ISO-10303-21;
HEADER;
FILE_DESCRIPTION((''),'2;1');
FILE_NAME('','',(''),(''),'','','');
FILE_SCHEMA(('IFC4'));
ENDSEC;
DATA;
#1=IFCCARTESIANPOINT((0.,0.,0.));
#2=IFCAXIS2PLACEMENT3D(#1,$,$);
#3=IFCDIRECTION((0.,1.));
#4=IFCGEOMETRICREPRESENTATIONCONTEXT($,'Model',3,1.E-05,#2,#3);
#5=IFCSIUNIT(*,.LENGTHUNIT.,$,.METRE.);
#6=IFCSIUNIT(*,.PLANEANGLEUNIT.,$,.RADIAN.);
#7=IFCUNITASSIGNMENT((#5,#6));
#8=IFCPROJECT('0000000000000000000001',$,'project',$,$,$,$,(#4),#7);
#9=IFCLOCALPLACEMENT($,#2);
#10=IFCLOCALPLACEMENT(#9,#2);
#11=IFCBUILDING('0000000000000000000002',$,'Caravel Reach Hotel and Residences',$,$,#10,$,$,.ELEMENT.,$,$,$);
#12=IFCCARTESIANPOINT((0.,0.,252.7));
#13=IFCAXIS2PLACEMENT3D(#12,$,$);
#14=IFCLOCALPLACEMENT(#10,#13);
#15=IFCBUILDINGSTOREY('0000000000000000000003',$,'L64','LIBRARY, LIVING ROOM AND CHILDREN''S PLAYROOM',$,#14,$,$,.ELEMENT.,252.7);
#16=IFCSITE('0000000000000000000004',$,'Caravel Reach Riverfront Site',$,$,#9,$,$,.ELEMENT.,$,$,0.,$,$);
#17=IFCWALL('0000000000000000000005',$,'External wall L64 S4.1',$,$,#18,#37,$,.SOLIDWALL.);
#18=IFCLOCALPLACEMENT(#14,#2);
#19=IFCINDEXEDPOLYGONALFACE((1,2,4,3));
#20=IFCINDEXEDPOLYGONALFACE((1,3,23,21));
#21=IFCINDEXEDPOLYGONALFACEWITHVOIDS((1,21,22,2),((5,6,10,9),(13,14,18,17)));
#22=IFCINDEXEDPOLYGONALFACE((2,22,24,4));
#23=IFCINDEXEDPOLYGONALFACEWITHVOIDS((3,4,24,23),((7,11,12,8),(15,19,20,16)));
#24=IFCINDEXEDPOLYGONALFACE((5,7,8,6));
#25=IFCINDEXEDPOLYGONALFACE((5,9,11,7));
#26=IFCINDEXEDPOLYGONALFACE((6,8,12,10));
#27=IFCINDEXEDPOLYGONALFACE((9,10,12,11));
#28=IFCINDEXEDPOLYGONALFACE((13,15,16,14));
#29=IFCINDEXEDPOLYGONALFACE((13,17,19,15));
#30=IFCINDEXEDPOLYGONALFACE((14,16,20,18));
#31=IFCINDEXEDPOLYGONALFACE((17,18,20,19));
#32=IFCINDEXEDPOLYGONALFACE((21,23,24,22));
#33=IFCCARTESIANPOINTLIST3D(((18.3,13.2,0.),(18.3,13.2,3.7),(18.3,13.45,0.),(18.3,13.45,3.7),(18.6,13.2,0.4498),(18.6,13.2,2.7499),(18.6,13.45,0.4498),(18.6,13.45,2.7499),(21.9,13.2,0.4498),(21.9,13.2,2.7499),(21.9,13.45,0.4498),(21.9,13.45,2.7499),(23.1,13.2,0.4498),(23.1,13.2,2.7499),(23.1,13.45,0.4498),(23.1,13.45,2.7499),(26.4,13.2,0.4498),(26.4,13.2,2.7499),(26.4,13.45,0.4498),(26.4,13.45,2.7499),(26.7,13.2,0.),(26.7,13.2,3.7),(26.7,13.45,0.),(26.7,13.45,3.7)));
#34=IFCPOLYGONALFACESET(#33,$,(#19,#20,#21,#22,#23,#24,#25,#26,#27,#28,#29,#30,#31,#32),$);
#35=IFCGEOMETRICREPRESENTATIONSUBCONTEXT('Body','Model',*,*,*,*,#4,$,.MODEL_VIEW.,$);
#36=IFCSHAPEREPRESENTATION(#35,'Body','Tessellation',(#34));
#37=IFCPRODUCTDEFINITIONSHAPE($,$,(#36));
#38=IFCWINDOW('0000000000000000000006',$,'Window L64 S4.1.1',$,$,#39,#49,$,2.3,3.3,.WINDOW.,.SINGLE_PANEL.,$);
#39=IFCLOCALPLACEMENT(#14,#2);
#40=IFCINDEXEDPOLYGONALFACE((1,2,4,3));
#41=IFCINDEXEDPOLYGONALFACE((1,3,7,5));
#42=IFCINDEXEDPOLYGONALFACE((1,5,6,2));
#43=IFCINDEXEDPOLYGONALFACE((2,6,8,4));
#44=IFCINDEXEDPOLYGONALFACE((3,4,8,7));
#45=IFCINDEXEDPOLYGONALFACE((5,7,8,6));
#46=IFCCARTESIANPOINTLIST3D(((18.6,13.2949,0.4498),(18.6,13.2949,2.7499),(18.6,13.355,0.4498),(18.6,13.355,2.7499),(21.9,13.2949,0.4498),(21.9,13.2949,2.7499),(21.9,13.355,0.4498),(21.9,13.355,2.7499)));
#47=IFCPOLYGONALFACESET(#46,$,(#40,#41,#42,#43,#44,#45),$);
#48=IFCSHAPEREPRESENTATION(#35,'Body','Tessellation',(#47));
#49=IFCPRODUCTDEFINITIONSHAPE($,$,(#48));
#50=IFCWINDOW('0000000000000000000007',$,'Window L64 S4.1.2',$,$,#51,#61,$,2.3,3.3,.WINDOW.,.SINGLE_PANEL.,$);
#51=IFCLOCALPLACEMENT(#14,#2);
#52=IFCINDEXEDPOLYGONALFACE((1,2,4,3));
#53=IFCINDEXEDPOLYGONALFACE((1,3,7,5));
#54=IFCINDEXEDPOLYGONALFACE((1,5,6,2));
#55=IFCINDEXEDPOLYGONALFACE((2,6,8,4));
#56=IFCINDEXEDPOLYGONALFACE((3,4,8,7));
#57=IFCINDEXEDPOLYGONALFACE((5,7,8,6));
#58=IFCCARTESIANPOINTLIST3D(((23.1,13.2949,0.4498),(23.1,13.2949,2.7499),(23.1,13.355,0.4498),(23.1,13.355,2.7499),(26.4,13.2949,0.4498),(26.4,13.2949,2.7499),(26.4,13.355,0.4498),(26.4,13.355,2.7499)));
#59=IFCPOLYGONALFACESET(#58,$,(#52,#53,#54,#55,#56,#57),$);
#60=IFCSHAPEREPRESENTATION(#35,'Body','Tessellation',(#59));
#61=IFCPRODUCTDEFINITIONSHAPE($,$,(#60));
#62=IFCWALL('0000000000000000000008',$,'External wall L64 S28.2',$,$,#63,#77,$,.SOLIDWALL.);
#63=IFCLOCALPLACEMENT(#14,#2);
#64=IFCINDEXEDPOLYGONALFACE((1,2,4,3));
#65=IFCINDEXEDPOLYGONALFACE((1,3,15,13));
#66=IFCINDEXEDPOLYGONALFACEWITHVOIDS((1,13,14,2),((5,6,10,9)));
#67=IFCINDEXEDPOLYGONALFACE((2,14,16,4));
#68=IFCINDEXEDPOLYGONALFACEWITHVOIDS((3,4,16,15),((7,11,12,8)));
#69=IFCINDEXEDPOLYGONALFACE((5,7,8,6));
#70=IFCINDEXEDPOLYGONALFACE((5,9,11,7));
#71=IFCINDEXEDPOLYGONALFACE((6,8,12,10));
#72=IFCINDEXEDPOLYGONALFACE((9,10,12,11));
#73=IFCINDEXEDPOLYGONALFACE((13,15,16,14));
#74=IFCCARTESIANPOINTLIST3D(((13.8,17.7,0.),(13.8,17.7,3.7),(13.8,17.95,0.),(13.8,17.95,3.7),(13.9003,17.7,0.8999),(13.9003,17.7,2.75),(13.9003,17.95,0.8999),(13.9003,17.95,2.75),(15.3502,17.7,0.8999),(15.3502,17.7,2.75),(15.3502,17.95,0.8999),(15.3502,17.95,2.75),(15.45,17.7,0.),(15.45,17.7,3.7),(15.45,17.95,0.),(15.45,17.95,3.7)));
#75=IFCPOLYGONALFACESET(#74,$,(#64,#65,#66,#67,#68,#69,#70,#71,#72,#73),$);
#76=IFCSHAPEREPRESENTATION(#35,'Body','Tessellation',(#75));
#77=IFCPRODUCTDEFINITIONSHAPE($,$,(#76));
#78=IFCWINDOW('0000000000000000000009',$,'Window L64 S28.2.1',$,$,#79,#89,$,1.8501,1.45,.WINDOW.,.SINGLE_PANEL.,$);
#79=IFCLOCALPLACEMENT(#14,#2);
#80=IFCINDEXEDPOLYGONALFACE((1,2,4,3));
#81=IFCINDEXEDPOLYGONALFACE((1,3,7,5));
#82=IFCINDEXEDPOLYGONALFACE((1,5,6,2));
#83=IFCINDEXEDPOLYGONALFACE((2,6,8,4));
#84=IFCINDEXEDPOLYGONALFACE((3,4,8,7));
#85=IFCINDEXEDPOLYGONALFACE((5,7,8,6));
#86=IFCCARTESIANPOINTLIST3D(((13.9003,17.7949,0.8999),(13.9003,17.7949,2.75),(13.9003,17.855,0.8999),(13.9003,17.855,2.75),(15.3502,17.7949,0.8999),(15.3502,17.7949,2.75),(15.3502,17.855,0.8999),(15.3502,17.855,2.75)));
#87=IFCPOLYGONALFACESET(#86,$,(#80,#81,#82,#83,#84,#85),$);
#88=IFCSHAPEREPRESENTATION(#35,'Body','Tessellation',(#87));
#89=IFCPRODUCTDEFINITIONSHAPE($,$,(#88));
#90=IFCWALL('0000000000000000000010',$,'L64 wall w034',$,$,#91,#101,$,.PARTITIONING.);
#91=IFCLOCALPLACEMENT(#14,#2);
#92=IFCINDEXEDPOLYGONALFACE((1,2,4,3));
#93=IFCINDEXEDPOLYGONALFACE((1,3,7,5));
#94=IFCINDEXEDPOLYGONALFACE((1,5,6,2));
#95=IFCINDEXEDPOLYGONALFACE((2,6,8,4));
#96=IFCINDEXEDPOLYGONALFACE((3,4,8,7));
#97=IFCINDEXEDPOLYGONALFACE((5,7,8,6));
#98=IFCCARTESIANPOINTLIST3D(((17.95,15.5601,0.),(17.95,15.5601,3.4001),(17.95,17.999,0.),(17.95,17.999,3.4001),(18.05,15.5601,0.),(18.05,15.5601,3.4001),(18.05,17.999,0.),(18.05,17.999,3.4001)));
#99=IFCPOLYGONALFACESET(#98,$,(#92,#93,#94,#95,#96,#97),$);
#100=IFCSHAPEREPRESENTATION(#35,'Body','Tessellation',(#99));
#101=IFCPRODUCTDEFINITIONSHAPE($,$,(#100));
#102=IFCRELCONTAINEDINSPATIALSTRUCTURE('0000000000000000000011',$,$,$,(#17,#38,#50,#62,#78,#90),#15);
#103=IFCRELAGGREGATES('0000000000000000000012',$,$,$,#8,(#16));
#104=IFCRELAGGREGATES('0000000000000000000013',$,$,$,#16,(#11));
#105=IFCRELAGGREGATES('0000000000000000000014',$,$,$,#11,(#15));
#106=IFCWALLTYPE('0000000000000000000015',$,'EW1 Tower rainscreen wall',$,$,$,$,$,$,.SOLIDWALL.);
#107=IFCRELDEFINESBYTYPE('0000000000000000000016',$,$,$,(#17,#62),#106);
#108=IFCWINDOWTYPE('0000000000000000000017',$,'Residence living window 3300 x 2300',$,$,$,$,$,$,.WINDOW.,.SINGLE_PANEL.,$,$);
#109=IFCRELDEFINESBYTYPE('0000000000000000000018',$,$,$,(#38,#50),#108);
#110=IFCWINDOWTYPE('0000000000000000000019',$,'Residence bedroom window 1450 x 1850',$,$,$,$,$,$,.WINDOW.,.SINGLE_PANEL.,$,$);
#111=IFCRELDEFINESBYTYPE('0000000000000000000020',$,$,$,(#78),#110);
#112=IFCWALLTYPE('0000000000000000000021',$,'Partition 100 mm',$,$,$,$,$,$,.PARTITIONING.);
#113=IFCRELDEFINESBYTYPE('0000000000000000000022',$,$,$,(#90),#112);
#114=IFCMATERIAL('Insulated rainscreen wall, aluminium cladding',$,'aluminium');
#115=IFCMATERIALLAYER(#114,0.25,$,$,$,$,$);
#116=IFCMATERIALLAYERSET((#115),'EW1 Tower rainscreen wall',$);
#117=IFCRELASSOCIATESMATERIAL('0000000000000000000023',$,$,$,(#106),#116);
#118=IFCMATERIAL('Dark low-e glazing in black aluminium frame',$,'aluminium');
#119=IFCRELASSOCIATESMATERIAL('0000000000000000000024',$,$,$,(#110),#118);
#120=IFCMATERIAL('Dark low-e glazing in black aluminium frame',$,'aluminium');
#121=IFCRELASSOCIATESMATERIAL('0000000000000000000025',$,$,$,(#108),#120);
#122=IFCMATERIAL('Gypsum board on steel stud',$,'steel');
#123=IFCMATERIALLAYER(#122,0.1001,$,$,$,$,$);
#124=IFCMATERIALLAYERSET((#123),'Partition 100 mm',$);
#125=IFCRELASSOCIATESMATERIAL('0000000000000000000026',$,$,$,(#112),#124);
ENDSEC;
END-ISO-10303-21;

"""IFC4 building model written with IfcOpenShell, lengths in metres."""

from ifc_helpers import new_model, si_unit, direction, frame, frame_2d, origin, place, context, subcontext, project, spatial, rectangle, extrude, material, layer, layer_set, type_object, element, fill, save


model = new_model("IFC4")

# Units and contexts
model_context = context("Model", 3, precision=1e-05, world=origin(), true_north=direction((0.0, 1.0)))
body_context = subcontext(model_context, "Body", "Model", "MODEL_VIEW")
ifc_project = project(units=[si_unit("LENGTHUNIT", "METRE"), si_unit("PLANEANGLEUNIT", "RADIAN")], contexts=[model_context])

# Site, building, storey
site_placement = place(None, origin())
site = spatial("IfcSite", under=ifc_project, at=site_placement, Name="Caravel Reach Riverfront Site", CompositionType="ELEMENT", RefElevation=0.0)
building_placement = place(site_placement, origin())
building = spatial("IfcBuilding", under=site, at=building_placement, Name="Caravel Reach Hotel and Residences", CompositionType="ELEMENT")
storey_placement = place(building_placement, frame((0.0, 0.0, 252.7)))
storey = spatial("IfcBuildingStorey", under=building, at=storey_placement, Name="L64", Description="LIBRARY, LIVING ROOM AND CHILDREN'S PLAYROOM", CompositionType="ELEMENT", Elevation=252.7)

# Shared definitions
ifc_material_1 = material(Name="Insulated rainscreen wall, aluminium cladding", Category="aluminium")
ifc_layer_1 = layer(ifc_material_1, 0.25)
ifc_layer_set_1 = layer_set([ifc_layer_1], Name="EW1 Tower rainscreen wall")
wall_type_1 = type_object("IfcWallType", Name="EW1 Tower rainscreen wall", PredefinedType="SOLIDWALL", material=ifc_layer_set_1)
ifc_material_2 = material(Name="Dark low-e glazing in black aluminium frame", Category="aluminium")
window_type_1 = type_object("IfcWindowType", Name="Residence bedroom window 1450 x 1850", PartitioningType="SINGLE_PANEL", PredefinedType="WINDOW", material=ifc_material_2)

# Wall, openings, windows
wall_1_placement = place(storey_placement, frame((18.3, 13.325, 0.0), z_axis=(0.0, 0.0, 1.0), x_axis=(1.0, 0.0, 0.0)))
wall_1 = element("IfcWall", 1, at=wall_1_placement, inside=storey, type_object=wall_type_1, Name="External wall L64 S4.1", PredefinedType="SOLIDWALL", context=body_context, shape_type="SweptSolid", body=[
    extrude(rectangle(XDim=8.3999, YDim=0.25, at=frame_2d((4.2, 0.0))), origin(), (0.0, 0.0, 1.0), 3.7),
])
opening_1_placement = place(wall_1_placement, frame((0.3, 0.0, 0.45)))
opening_1 = element("IfcOpeningElement", 2, at=opening_1_placement, cuts=wall_1, PredefinedType="OPENING", context=body_context, shape_type="SweptSolid", body=[
    extrude(rectangle(XDim=3.3, YDim=2.3, at=frame_2d((1.6499, 1.1499))), frame((0.0, 0.135, 0.0), z_axis=(0.0, -1.0, 0.0), x_axis=(1.0, 0.0, 0.0)), (0.0, 0.0, 1.0), 0.27),
])
opening_2_placement = place(wall_1_placement, frame((4.8, 0.0, 0.45)))
opening_2 = element("IfcOpeningElement", 3, at=opening_2_placement, cuts=wall_1, PredefinedType="OPENING", context=body_context, shape_type="SweptSolid", body=[
    extrude(rectangle(XDim=3.3, YDim=2.3, at=frame_2d((1.6499, 1.1499))), frame((0.0, 0.135, 0.0), z_axis=(0.0, -1.0, 0.0), x_axis=(1.0, 0.0, 0.0)), (0.0, 0.0, 1.0), 0.27),
])
ifc_material_3 = material(Name="Dark low-e glazing in black aluminium frame", Category="aluminium")
window_type_2 = type_object("IfcWindowType", Name="Residence living window 3300 x 2300", PartitioningType="SINGLE_PANEL", PredefinedType="WINDOW", material=ifc_material_3)
window_1_placement = place(opening_1_placement, origin())
window_1 = element("IfcWindow", 4, at=window_1_placement, inside=storey, type_object=window_type_2, Name="Window L64 S4.1.1", OverallHeight=2.3, OverallWidth=3.3, PartitioningType="SINGLE_PANEL", PredefinedType="WINDOW", context=body_context, shape_type="SweptSolid", body=[
    extrude(rectangle(XDim=3.3, YDim=2.3, at=frame_2d((1.6499, 1.1499))), frame((0.0, 0.03, 0.0), z_axis=(0.0, -1.0, 0.0), x_axis=(1.0, 0.0, 0.0)), (0.0, 0.0, 1.0), 0.0601),
])
fill(opening_1, window_1)
window_2_placement = place(opening_2_placement, origin())
window_2 = element("IfcWindow", 5, at=window_2_placement, inside=storey, type_object=window_type_2, Name="Window L64 S4.1.2", OverallHeight=2.3, OverallWidth=3.3, PartitioningType="SINGLE_PANEL", PredefinedType="WINDOW", context=body_context, shape_type="SweptSolid", body=[
    extrude(rectangle(XDim=3.3, YDim=2.3, at=frame_2d((1.6499, 1.1499))), frame((0.0, 0.03, 0.0), z_axis=(0.0, -1.0, 0.0), x_axis=(1.0, 0.0, 0.0)), (0.0, 0.0, 1.0), 0.0601),
])
fill(opening_2, window_2)

# Wall, opening, window
wall_2_placement = place(storey_placement, frame((13.8, 17.825, 0.0), z_axis=(0.0, 0.0, 1.0), x_axis=(1.0, 0.0, 0.0)))
wall_2 = element("IfcWall", 6, at=wall_2_placement, inside=storey, type_object=wall_type_1, Name="External wall L64 S28.2", PredefinedType="SOLIDWALL", context=body_context, shape_type="SweptSolid", body=[
    extrude(rectangle(XDim=1.6499, YDim=0.25, at=frame_2d((0.825, 0.0))), origin(), (0.0, 0.0, 1.0), 3.7),
])
opening_3_placement = place(wall_2_placement, frame((0.1001, 0.0, 0.8999)))
opening_3 = element("IfcOpeningElement", 7, at=opening_3_placement, cuts=wall_2, PredefinedType="OPENING", context=body_context, shape_type="SweptSolid", body=[
    extrude(rectangle(XDim=1.45, YDim=1.8501, at=frame_2d((0.7251, 0.925))), frame((0.0, 0.135, 0.0), z_axis=(0.0, -1.0, 0.0), x_axis=(1.0, 0.0, 0.0)), (0.0, 0.0, 1.0), 0.27),
])
window_3_placement = place(opening_3_placement, origin())
window_3 = element("IfcWindow", 8, at=window_3_placement, inside=storey, type_object=window_type_1, Name="Window L64 S28.2.1", OverallHeight=1.8501, OverallWidth=1.45, PartitioningType="SINGLE_PANEL", PredefinedType="WINDOW", context=body_context, shape_type="SweptSolid", body=[
    extrude(rectangle(XDim=1.45, YDim=1.8501, at=frame_2d((0.7251, 0.925))), frame((0.0, 0.03, 0.0), z_axis=(0.0, -1.0, 0.0), x_axis=(1.0, 0.0, 0.0)), (0.0, 0.0, 1.0), 0.0601),
])
fill(opening_3, window_3)

# Wall
ifc_material_4 = material(Name="Gypsum board on steel stud", Category="steel")
ifc_layer_2 = layer(ifc_material_4, 0.1001)
ifc_layer_set_2 = layer_set([ifc_layer_2], Name="Partition 100 mm")
wall_type_2 = type_object("IfcWallType", Name="Partition 100 mm", PredefinedType="PARTITIONING", material=ifc_layer_set_2)
wall_3_placement = place(storey_placement, frame((18.0, 15.5601, 0.0), z_axis=(0.0, 0.0, 1.0), x_axis=(0.0, 1.0, 0.0)))
element("IfcWall", 9, at=wall_3_placement, inside=storey, type_object=wall_type_2, Name="L64 wall w034", PredefinedType="PARTITIONING", context=body_context, shape_type="SweptSolid", body=[
    extrude(rectangle(XDim=2.439, YDim=0.1001, at=frame_2d((1.2195, 0.0))), origin(), (0.0, 0.0, 1.0), 3.4001),
])

save(model, "model.ifc")
